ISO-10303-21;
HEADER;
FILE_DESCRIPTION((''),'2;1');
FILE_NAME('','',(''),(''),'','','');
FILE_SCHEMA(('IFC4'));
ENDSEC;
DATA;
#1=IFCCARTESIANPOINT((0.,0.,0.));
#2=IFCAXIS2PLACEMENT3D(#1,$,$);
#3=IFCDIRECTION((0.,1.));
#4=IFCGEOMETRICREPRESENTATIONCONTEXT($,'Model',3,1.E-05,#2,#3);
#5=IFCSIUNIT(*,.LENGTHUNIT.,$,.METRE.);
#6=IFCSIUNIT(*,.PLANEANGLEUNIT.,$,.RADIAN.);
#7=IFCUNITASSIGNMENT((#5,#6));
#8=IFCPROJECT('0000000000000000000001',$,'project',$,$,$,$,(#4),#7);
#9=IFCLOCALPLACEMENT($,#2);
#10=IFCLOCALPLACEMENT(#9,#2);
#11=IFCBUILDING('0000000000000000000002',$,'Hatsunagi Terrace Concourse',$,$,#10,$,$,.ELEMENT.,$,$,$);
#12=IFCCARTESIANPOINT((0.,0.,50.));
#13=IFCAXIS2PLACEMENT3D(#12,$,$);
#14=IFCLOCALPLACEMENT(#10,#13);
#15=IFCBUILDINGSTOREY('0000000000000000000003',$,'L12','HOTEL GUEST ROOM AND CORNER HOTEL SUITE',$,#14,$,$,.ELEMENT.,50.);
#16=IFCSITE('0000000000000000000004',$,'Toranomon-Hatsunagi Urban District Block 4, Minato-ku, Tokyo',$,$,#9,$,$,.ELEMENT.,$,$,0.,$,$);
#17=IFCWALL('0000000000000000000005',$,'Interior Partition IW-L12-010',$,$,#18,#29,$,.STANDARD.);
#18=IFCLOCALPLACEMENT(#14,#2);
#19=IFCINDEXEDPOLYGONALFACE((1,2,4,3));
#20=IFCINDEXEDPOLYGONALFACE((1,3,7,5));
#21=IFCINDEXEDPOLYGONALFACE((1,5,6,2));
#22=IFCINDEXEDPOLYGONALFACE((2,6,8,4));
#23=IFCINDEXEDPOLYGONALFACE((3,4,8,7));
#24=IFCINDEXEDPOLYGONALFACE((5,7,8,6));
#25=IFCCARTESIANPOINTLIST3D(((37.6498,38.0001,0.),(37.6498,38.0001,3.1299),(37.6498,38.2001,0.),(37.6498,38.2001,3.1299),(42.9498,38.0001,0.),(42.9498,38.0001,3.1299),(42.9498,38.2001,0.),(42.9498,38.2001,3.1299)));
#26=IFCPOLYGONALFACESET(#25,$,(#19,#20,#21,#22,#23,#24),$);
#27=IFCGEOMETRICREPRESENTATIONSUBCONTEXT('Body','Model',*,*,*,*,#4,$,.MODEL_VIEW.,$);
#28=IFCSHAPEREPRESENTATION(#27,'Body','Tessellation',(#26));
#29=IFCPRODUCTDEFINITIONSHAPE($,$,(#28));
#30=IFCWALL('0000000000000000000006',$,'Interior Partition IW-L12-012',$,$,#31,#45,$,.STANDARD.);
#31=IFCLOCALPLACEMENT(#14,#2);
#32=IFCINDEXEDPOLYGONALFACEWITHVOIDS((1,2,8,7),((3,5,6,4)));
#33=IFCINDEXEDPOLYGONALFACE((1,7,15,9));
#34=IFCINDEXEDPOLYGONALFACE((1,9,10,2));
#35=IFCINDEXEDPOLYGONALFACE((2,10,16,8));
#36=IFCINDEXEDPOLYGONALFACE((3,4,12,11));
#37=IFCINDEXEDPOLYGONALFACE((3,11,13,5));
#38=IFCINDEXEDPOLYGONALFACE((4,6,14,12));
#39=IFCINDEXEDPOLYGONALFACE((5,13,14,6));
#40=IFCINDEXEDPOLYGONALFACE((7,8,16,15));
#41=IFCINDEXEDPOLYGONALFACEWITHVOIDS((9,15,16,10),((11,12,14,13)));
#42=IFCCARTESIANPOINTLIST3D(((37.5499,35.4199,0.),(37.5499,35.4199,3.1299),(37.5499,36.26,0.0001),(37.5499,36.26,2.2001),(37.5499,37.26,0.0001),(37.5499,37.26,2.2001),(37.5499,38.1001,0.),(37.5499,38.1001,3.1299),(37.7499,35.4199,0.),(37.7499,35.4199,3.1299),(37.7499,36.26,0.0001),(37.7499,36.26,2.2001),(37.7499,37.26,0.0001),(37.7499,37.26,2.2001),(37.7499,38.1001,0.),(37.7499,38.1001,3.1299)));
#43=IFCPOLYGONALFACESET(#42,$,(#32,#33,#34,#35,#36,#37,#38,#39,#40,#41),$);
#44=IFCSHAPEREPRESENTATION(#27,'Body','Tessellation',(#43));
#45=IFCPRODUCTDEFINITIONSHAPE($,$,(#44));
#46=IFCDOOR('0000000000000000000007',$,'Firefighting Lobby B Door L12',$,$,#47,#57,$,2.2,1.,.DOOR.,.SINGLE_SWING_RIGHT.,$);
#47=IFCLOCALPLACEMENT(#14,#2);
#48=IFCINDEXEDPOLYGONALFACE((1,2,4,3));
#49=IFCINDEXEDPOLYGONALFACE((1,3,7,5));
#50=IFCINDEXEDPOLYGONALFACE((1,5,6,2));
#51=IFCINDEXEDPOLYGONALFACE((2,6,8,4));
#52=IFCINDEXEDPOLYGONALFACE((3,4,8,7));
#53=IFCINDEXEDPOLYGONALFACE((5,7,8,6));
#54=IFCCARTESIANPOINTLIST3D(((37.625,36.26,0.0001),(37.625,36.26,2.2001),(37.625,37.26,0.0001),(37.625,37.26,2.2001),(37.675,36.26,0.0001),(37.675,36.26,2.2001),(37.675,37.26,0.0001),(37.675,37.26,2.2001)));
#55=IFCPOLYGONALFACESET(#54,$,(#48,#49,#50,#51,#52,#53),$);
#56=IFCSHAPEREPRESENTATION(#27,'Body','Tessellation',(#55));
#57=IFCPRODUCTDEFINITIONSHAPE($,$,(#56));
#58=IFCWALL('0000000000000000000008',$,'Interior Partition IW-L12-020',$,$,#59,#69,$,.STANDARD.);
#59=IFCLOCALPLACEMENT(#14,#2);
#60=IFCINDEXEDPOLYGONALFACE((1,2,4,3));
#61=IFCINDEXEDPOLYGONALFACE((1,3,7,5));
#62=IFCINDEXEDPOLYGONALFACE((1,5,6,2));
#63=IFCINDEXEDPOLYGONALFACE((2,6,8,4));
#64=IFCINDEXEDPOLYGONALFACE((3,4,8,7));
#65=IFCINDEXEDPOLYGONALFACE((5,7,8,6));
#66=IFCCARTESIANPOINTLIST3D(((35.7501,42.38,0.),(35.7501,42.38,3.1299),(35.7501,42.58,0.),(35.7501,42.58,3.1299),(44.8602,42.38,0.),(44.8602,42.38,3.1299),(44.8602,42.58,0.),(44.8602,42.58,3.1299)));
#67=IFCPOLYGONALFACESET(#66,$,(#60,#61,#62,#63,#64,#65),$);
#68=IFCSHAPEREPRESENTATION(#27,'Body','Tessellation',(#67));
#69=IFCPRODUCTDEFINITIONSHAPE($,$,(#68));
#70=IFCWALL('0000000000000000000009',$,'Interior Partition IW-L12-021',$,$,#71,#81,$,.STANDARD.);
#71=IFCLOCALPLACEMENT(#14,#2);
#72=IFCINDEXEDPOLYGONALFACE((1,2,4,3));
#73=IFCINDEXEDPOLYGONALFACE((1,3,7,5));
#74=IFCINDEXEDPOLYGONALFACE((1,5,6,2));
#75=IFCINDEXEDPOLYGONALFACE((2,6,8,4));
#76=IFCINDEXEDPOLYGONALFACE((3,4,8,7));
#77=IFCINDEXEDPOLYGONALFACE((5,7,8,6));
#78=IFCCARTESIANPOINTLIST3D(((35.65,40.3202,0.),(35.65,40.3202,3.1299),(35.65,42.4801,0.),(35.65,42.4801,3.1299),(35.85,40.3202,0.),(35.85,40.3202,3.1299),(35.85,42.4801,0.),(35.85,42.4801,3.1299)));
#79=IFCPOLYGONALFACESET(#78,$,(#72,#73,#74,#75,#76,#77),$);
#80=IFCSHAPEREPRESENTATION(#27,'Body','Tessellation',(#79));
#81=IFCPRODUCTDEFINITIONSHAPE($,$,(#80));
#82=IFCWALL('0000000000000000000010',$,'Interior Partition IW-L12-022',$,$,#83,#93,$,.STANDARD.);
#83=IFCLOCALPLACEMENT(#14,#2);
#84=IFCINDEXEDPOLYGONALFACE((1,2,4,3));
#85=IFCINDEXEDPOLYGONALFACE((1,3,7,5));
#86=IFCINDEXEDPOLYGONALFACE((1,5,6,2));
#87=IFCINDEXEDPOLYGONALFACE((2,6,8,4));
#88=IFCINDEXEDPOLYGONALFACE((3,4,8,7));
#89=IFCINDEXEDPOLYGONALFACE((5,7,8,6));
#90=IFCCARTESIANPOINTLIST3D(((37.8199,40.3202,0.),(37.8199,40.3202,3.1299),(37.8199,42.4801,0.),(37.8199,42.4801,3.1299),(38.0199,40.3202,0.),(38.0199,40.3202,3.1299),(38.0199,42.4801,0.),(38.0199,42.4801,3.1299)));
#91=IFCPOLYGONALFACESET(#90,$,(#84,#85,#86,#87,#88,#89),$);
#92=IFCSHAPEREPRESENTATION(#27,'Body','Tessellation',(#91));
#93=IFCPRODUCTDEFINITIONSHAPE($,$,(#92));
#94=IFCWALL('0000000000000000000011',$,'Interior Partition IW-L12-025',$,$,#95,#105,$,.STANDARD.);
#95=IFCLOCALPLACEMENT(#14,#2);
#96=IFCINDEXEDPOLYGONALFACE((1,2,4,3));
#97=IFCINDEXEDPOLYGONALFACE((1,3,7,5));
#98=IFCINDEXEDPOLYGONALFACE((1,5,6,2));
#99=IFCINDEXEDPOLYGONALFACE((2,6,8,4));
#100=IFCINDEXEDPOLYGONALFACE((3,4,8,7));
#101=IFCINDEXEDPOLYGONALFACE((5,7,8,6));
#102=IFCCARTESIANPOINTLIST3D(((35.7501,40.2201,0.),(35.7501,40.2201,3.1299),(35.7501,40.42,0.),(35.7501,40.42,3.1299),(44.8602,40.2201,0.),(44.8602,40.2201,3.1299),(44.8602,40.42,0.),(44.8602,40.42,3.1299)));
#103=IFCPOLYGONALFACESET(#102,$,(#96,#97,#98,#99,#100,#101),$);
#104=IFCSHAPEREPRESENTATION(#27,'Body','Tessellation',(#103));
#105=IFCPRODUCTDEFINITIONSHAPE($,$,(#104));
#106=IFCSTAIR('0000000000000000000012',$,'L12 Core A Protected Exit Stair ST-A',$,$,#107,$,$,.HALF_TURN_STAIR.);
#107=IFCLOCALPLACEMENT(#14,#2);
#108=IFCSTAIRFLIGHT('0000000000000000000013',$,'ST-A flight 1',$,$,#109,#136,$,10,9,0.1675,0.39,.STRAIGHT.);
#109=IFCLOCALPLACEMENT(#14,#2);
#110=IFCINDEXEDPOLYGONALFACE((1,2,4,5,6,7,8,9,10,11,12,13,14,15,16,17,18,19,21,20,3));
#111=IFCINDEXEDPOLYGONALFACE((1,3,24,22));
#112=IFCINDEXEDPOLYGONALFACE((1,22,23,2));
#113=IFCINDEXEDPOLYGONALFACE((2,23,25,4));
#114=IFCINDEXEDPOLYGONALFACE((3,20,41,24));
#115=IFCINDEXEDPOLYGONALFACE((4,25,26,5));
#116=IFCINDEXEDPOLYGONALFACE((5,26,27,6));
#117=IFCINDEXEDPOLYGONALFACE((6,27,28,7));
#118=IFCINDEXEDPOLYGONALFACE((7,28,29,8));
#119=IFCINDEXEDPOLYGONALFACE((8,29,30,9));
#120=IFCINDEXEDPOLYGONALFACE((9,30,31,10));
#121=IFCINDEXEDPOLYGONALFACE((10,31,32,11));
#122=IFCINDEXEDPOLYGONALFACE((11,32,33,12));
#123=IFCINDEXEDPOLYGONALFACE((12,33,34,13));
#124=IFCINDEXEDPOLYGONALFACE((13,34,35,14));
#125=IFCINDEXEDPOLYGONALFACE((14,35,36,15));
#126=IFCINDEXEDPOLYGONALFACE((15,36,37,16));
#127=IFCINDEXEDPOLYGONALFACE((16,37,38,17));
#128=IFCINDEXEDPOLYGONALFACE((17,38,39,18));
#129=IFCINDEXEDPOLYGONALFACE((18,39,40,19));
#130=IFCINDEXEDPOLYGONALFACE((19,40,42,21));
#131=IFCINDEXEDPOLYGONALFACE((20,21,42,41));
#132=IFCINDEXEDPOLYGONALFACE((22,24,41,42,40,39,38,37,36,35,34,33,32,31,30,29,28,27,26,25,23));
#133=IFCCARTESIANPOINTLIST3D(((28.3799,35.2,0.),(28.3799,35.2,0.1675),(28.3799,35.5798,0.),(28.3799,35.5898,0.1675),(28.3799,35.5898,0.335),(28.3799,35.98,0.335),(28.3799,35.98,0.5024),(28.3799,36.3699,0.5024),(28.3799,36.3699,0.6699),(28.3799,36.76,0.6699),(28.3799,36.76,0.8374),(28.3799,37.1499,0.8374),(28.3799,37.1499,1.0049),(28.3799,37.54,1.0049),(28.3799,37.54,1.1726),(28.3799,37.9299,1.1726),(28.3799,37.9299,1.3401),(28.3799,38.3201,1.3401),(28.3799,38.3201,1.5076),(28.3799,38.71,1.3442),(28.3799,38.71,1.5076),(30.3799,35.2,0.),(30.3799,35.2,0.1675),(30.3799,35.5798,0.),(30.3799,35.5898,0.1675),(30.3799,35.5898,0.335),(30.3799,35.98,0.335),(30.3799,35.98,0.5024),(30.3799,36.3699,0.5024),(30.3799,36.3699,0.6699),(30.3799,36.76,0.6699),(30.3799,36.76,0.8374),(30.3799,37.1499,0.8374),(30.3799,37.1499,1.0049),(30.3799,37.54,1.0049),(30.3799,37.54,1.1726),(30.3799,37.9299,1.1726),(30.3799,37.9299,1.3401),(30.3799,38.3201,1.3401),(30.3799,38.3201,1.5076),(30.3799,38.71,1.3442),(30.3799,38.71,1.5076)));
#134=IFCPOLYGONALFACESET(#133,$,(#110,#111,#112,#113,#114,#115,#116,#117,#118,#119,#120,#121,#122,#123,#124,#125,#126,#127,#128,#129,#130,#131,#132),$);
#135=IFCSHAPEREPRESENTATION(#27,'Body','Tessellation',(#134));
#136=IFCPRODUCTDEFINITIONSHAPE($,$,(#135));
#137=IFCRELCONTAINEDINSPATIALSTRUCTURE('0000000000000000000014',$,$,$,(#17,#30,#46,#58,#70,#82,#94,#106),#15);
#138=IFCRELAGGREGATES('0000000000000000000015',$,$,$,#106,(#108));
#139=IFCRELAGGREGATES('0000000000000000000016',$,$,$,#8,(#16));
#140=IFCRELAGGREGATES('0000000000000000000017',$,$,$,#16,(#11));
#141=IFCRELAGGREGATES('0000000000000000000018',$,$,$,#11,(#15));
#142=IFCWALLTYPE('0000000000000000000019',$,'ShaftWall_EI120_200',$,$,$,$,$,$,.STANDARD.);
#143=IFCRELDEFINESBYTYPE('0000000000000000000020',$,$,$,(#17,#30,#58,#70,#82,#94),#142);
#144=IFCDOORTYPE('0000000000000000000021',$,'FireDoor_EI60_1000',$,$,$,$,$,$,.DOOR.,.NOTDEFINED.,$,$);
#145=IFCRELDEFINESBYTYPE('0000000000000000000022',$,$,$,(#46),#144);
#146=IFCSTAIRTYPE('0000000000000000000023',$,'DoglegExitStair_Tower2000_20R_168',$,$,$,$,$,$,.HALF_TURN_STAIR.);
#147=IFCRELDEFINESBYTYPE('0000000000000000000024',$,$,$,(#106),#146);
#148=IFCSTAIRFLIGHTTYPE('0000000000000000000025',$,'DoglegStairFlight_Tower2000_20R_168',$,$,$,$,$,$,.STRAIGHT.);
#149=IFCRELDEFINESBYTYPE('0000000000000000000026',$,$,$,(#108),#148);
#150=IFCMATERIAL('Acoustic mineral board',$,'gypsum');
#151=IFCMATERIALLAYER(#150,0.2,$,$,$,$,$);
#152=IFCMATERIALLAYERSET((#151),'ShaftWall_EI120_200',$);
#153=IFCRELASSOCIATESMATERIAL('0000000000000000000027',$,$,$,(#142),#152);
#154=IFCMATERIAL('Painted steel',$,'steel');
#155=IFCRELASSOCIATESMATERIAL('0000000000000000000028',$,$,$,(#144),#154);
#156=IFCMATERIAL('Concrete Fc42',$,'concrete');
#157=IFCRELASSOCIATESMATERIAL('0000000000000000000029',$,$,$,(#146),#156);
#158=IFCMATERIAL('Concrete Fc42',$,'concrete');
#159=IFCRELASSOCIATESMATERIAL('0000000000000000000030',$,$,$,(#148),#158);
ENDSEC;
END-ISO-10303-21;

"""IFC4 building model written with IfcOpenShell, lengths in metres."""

from ifc_helpers import new_model, si_unit, direction, frame, frame_2d, origin, place, context, subcontext, project, spatial, polyline, rectangle, outline, extrude, material, layer, layer_set, type_object, element, fill, aggregate, save


model = new_model("IFC4")

# Units and contexts
model_context = context("Model", 3, precision=1e-05, world=origin(), true_north=direction((0.0, 1.0)))
body_context = subcontext(model_context, "Body", "Model", "MODEL_VIEW")
ifc_project = project(units=[si_unit("LENGTHUNIT", "METRE"), si_unit("PLANEANGLEUNIT", "RADIAN")], contexts=[model_context])

# Site, building, storey
site_placement = place(None, origin())
site = spatial("IfcSite", under=ifc_project, at=site_placement, Name="Toranomon-Hatsunagi Urban District Block 4, Minato-ku, Tokyo", CompositionType="ELEMENT", RefElevation=0.0)
building_placement = place(site_placement, origin())
building = spatial("IfcBuilding", under=site, at=building_placement, Name="Hatsunagi Terrace Concourse", CompositionType="ELEMENT")
storey_placement = place(building_placement, frame((0.0, 0.0, 50.0)))
storey = spatial("IfcBuildingStorey", under=building, at=storey_placement, Name="L12", Description="HOTEL GUEST ROOM AND CORNER HOTEL SUITE", CompositionType="ELEMENT", Elevation=50.0)

# Wall
ifc_material_1 = material(Name="Acoustic mineral board", Category="gypsum")
ifc_layer_1 = layer(ifc_material_1, 0.2)
ifc_layer_set_1 = layer_set([ifc_layer_1], Name="ShaftWall_EI120_200")
wall_type_1 = type_object("IfcWallType", Name="ShaftWall_EI120_200", PredefinedType="STANDARD", material=ifc_layer_set_1)
wall_1_placement = place(storey_placement, frame((37.6499, 38.1001, 0.0), z_axis=(0.0, 0.0, 1.0), x_axis=(1.0, 0.0, 0.0)))
element("IfcWall", 1, at=wall_1_placement, inside=storey, type_object=wall_type_1, Name="Interior Partition IW-L12-010", PredefinedType="STANDARD", context=body_context, shape_type="SweptSolid", body=[
    extrude(rectangle(XDim=5.3, YDim=0.2, at=frame_2d((2.6499, 0.0))), origin(), (0.0, 0.0, 1.0), 3.1299),
])

# Wall, opening, door
wall_2_placement = place(storey_placement, frame((37.6499, 35.4199, 0.0), z_axis=(0.0, 0.0, 1.0), x_axis=(0.0, 1.0, 0.0)))
wall_2 = element("IfcWall", 2, at=wall_2_placement, inside=storey, type_object=wall_type_1, Name="Interior Partition IW-L12-012", PredefinedType="STANDARD", context=body_context, shape_type="SweptSolid", body=[
    extrude(rectangle(XDim=2.6802, YDim=0.2, at=frame_2d((1.3401, 0.0))), origin(), (0.0, 0.0, 1.0), 3.1299),
])
opening_1_placement = place(wall_2_placement, frame((0.8401, 0.0, 0.0)))
opening_1 = element("IfcOpeningElement", 3, at=opening_1_placement, cuts=wall_2, PredefinedType="OPENING", context=body_context, shape_type="SweptSolid", body=[
    extrude(rectangle(XDim=1.0, YDim=2.2, at=frame_2d((0.5, 1.1001))), frame((0.0, 0.1099, 0.0), z_axis=(0.0, -1.0, 0.0), x_axis=(1.0, 0.0, 0.0)), (0.0, 0.0, 1.0), 0.22),
])
ifc_material_2 = material(Name="Painted steel", Category="steel")
door_type_1 = type_object("IfcDoorType", Name="FireDoor_EI60_1000", OperationType="NOTDEFINED", PredefinedType="DOOR", material=ifc_material_2)
door_1_placement = place(opening_1_placement, origin())
door_1 = element("IfcDoor", 4, at=door_1_placement, inside=storey, type_object=door_type_1, Name="Firefighting Lobby B Door L12", OperationType="SINGLE_SWING_RIGHT", OverallHeight=2.2, OverallWidth=1.0, PredefinedType="DOOR", context=body_context, shape_type="SweptSolid", body=[
    extrude(rectangle(XDim=1.0, YDim=2.2, at=frame_2d((0.5, 1.1001))), frame((0.0, 0.0249, 0.0), z_axis=(0.0, -1.0, 0.0), x_axis=(1.0, 0.0, 0.0)), (0.0, 0.0, 1.0), 0.05),
])
fill(opening_1, door_1)

# Walls
wall_3_placement = place(storey_placement, frame((35.75, 42.48, 0.0), z_axis=(0.0, 0.0, 1.0), x_axis=(1.0, 0.0, 0.0)))
element("IfcWall", 5, at=wall_3_placement, inside=storey, type_object=wall_type_1, Name="Interior Partition IW-L12-020", PredefinedType="STANDARD", context=body_context, shape_type="SweptSolid", body=[
    extrude(rectangle(XDim=9.1101, YDim=0.2, at=frame_2d((4.5552, 0.0))), origin(), (0.0, 0.0, 1.0), 3.1299),
])
for number, where, z_axis, x_axis, name in (
    (6, (35.75, 40.3201, 0.0), (0.0, 0.0, 1.0), (0.0, 1.0, 0.0), "Interior Partition IW-L12-021"),
    (7, (37.9199, 40.3201, 0.0), (0.0, 0.0, 1.0), (0.0, 1.0, 0.0), "Interior Partition IW-L12-022"),
):
    element("IfcWall", number, at=place(storey_placement, frame(where, z_axis=z_axis, x_axis=x_axis)), inside=storey, type_object=wall_type_1, Name=name, PredefinedType="STANDARD", context=body_context, shape_type="SweptSolid", body=[
        extrude(rectangle(XDim=2.1599, YDim=0.2, at=frame_2d((1.0801, 0.0))), origin(), (0.0, 0.0, 1.0), 3.1299),
    ])
wall_4_placement = place(storey_placement, frame((35.75, 40.3201, 0.0), z_axis=(0.0, 0.0, 1.0), x_axis=(1.0, 0.0, 0.0)))
element("IfcWall", 8, at=wall_4_placement, inside=storey, type_object=wall_type_1, Name="Interior Partition IW-L12-025", PredefinedType="STANDARD", context=body_context, shape_type="SweptSolid", body=[
    extrude(rectangle(XDim=9.1101, YDim=0.2, at=frame_2d((4.5552, 0.0))), origin(), (0.0, 0.0, 1.0), 3.1299),
])

# Stair, stair flight
ifc_material_3 = material(Name="Concrete Fc42", Category="concrete")
stair_type = type_object("IfcStairType", Name="DoglegExitStair_Tower2000_20R_168", PredefinedType="HALF_TURN_STAIR", material=ifc_material_3)
stair_placement = place(storey_placement, origin())
stair = element("IfcStair", 9, at=stair_placement, inside=storey, type_object=stair_type, Name="L12 Core A Protected Exit Stair ST-A", PredefinedType="HALF_TURN_STAIR")
ifc_material_4 = material(Name="Concrete Fc42", Category="concrete")
stair_flight_type = type_object("IfcStairFlightType", Name="DoglegStairFlight_Tower2000_20R_168", PredefinedType="STRAIGHT", material=ifc_material_4)
stair_flight_placement = place(storey_placement, frame((29.3799, 35.2, 0.0), z_axis=(0.0, 0.0, 1.0), x_axis=(0.0, 1.0, 0.0)))
stair_flight = element("IfcStairFlight", 10, at=stair_flight_placement, type_object=stair_flight_type, Name="ST-A flight 1", NumberOfRisers=10, NumberOfTreads=9, PredefinedType="STRAIGHT", RiserHeight=0.1675, TreadLength=0.39, context=body_context, shape_type="SweptSolid", body=[
    extrude(outline(polyline([(0.0, 0.0), (0.0, 0.1675), (0.3899, 0.1675), (0.3899, 0.335), (0.78, 0.335), (0.78, 0.5024), (1.1699, 0.5024), (1.1699, 0.6699), (1.5601, 0.6699), (1.5601, 0.8374), (1.95, 0.8374), (1.95, 1.0049), (2.3401, 1.0049), (2.3401, 1.1726), (2.73, 1.1726), (2.73, 1.3401), (3.1201, 1.3401), (3.1201, 1.5076), (3.51, 1.5076), (3.51, 1.675), (3.51, 1.3442), (0.3799, 0.0), (0.0, 0.0)])), frame((0.0, 1.0, 0.0), z_axis=(0.0, -1.0, 0.0), x_axis=(1.0, 0.0, 0.0)), (0.0, 0.0, 1.0), 2.0),
])
aggregate(stair, [stair_flight])

save(model, "model.ifc")
